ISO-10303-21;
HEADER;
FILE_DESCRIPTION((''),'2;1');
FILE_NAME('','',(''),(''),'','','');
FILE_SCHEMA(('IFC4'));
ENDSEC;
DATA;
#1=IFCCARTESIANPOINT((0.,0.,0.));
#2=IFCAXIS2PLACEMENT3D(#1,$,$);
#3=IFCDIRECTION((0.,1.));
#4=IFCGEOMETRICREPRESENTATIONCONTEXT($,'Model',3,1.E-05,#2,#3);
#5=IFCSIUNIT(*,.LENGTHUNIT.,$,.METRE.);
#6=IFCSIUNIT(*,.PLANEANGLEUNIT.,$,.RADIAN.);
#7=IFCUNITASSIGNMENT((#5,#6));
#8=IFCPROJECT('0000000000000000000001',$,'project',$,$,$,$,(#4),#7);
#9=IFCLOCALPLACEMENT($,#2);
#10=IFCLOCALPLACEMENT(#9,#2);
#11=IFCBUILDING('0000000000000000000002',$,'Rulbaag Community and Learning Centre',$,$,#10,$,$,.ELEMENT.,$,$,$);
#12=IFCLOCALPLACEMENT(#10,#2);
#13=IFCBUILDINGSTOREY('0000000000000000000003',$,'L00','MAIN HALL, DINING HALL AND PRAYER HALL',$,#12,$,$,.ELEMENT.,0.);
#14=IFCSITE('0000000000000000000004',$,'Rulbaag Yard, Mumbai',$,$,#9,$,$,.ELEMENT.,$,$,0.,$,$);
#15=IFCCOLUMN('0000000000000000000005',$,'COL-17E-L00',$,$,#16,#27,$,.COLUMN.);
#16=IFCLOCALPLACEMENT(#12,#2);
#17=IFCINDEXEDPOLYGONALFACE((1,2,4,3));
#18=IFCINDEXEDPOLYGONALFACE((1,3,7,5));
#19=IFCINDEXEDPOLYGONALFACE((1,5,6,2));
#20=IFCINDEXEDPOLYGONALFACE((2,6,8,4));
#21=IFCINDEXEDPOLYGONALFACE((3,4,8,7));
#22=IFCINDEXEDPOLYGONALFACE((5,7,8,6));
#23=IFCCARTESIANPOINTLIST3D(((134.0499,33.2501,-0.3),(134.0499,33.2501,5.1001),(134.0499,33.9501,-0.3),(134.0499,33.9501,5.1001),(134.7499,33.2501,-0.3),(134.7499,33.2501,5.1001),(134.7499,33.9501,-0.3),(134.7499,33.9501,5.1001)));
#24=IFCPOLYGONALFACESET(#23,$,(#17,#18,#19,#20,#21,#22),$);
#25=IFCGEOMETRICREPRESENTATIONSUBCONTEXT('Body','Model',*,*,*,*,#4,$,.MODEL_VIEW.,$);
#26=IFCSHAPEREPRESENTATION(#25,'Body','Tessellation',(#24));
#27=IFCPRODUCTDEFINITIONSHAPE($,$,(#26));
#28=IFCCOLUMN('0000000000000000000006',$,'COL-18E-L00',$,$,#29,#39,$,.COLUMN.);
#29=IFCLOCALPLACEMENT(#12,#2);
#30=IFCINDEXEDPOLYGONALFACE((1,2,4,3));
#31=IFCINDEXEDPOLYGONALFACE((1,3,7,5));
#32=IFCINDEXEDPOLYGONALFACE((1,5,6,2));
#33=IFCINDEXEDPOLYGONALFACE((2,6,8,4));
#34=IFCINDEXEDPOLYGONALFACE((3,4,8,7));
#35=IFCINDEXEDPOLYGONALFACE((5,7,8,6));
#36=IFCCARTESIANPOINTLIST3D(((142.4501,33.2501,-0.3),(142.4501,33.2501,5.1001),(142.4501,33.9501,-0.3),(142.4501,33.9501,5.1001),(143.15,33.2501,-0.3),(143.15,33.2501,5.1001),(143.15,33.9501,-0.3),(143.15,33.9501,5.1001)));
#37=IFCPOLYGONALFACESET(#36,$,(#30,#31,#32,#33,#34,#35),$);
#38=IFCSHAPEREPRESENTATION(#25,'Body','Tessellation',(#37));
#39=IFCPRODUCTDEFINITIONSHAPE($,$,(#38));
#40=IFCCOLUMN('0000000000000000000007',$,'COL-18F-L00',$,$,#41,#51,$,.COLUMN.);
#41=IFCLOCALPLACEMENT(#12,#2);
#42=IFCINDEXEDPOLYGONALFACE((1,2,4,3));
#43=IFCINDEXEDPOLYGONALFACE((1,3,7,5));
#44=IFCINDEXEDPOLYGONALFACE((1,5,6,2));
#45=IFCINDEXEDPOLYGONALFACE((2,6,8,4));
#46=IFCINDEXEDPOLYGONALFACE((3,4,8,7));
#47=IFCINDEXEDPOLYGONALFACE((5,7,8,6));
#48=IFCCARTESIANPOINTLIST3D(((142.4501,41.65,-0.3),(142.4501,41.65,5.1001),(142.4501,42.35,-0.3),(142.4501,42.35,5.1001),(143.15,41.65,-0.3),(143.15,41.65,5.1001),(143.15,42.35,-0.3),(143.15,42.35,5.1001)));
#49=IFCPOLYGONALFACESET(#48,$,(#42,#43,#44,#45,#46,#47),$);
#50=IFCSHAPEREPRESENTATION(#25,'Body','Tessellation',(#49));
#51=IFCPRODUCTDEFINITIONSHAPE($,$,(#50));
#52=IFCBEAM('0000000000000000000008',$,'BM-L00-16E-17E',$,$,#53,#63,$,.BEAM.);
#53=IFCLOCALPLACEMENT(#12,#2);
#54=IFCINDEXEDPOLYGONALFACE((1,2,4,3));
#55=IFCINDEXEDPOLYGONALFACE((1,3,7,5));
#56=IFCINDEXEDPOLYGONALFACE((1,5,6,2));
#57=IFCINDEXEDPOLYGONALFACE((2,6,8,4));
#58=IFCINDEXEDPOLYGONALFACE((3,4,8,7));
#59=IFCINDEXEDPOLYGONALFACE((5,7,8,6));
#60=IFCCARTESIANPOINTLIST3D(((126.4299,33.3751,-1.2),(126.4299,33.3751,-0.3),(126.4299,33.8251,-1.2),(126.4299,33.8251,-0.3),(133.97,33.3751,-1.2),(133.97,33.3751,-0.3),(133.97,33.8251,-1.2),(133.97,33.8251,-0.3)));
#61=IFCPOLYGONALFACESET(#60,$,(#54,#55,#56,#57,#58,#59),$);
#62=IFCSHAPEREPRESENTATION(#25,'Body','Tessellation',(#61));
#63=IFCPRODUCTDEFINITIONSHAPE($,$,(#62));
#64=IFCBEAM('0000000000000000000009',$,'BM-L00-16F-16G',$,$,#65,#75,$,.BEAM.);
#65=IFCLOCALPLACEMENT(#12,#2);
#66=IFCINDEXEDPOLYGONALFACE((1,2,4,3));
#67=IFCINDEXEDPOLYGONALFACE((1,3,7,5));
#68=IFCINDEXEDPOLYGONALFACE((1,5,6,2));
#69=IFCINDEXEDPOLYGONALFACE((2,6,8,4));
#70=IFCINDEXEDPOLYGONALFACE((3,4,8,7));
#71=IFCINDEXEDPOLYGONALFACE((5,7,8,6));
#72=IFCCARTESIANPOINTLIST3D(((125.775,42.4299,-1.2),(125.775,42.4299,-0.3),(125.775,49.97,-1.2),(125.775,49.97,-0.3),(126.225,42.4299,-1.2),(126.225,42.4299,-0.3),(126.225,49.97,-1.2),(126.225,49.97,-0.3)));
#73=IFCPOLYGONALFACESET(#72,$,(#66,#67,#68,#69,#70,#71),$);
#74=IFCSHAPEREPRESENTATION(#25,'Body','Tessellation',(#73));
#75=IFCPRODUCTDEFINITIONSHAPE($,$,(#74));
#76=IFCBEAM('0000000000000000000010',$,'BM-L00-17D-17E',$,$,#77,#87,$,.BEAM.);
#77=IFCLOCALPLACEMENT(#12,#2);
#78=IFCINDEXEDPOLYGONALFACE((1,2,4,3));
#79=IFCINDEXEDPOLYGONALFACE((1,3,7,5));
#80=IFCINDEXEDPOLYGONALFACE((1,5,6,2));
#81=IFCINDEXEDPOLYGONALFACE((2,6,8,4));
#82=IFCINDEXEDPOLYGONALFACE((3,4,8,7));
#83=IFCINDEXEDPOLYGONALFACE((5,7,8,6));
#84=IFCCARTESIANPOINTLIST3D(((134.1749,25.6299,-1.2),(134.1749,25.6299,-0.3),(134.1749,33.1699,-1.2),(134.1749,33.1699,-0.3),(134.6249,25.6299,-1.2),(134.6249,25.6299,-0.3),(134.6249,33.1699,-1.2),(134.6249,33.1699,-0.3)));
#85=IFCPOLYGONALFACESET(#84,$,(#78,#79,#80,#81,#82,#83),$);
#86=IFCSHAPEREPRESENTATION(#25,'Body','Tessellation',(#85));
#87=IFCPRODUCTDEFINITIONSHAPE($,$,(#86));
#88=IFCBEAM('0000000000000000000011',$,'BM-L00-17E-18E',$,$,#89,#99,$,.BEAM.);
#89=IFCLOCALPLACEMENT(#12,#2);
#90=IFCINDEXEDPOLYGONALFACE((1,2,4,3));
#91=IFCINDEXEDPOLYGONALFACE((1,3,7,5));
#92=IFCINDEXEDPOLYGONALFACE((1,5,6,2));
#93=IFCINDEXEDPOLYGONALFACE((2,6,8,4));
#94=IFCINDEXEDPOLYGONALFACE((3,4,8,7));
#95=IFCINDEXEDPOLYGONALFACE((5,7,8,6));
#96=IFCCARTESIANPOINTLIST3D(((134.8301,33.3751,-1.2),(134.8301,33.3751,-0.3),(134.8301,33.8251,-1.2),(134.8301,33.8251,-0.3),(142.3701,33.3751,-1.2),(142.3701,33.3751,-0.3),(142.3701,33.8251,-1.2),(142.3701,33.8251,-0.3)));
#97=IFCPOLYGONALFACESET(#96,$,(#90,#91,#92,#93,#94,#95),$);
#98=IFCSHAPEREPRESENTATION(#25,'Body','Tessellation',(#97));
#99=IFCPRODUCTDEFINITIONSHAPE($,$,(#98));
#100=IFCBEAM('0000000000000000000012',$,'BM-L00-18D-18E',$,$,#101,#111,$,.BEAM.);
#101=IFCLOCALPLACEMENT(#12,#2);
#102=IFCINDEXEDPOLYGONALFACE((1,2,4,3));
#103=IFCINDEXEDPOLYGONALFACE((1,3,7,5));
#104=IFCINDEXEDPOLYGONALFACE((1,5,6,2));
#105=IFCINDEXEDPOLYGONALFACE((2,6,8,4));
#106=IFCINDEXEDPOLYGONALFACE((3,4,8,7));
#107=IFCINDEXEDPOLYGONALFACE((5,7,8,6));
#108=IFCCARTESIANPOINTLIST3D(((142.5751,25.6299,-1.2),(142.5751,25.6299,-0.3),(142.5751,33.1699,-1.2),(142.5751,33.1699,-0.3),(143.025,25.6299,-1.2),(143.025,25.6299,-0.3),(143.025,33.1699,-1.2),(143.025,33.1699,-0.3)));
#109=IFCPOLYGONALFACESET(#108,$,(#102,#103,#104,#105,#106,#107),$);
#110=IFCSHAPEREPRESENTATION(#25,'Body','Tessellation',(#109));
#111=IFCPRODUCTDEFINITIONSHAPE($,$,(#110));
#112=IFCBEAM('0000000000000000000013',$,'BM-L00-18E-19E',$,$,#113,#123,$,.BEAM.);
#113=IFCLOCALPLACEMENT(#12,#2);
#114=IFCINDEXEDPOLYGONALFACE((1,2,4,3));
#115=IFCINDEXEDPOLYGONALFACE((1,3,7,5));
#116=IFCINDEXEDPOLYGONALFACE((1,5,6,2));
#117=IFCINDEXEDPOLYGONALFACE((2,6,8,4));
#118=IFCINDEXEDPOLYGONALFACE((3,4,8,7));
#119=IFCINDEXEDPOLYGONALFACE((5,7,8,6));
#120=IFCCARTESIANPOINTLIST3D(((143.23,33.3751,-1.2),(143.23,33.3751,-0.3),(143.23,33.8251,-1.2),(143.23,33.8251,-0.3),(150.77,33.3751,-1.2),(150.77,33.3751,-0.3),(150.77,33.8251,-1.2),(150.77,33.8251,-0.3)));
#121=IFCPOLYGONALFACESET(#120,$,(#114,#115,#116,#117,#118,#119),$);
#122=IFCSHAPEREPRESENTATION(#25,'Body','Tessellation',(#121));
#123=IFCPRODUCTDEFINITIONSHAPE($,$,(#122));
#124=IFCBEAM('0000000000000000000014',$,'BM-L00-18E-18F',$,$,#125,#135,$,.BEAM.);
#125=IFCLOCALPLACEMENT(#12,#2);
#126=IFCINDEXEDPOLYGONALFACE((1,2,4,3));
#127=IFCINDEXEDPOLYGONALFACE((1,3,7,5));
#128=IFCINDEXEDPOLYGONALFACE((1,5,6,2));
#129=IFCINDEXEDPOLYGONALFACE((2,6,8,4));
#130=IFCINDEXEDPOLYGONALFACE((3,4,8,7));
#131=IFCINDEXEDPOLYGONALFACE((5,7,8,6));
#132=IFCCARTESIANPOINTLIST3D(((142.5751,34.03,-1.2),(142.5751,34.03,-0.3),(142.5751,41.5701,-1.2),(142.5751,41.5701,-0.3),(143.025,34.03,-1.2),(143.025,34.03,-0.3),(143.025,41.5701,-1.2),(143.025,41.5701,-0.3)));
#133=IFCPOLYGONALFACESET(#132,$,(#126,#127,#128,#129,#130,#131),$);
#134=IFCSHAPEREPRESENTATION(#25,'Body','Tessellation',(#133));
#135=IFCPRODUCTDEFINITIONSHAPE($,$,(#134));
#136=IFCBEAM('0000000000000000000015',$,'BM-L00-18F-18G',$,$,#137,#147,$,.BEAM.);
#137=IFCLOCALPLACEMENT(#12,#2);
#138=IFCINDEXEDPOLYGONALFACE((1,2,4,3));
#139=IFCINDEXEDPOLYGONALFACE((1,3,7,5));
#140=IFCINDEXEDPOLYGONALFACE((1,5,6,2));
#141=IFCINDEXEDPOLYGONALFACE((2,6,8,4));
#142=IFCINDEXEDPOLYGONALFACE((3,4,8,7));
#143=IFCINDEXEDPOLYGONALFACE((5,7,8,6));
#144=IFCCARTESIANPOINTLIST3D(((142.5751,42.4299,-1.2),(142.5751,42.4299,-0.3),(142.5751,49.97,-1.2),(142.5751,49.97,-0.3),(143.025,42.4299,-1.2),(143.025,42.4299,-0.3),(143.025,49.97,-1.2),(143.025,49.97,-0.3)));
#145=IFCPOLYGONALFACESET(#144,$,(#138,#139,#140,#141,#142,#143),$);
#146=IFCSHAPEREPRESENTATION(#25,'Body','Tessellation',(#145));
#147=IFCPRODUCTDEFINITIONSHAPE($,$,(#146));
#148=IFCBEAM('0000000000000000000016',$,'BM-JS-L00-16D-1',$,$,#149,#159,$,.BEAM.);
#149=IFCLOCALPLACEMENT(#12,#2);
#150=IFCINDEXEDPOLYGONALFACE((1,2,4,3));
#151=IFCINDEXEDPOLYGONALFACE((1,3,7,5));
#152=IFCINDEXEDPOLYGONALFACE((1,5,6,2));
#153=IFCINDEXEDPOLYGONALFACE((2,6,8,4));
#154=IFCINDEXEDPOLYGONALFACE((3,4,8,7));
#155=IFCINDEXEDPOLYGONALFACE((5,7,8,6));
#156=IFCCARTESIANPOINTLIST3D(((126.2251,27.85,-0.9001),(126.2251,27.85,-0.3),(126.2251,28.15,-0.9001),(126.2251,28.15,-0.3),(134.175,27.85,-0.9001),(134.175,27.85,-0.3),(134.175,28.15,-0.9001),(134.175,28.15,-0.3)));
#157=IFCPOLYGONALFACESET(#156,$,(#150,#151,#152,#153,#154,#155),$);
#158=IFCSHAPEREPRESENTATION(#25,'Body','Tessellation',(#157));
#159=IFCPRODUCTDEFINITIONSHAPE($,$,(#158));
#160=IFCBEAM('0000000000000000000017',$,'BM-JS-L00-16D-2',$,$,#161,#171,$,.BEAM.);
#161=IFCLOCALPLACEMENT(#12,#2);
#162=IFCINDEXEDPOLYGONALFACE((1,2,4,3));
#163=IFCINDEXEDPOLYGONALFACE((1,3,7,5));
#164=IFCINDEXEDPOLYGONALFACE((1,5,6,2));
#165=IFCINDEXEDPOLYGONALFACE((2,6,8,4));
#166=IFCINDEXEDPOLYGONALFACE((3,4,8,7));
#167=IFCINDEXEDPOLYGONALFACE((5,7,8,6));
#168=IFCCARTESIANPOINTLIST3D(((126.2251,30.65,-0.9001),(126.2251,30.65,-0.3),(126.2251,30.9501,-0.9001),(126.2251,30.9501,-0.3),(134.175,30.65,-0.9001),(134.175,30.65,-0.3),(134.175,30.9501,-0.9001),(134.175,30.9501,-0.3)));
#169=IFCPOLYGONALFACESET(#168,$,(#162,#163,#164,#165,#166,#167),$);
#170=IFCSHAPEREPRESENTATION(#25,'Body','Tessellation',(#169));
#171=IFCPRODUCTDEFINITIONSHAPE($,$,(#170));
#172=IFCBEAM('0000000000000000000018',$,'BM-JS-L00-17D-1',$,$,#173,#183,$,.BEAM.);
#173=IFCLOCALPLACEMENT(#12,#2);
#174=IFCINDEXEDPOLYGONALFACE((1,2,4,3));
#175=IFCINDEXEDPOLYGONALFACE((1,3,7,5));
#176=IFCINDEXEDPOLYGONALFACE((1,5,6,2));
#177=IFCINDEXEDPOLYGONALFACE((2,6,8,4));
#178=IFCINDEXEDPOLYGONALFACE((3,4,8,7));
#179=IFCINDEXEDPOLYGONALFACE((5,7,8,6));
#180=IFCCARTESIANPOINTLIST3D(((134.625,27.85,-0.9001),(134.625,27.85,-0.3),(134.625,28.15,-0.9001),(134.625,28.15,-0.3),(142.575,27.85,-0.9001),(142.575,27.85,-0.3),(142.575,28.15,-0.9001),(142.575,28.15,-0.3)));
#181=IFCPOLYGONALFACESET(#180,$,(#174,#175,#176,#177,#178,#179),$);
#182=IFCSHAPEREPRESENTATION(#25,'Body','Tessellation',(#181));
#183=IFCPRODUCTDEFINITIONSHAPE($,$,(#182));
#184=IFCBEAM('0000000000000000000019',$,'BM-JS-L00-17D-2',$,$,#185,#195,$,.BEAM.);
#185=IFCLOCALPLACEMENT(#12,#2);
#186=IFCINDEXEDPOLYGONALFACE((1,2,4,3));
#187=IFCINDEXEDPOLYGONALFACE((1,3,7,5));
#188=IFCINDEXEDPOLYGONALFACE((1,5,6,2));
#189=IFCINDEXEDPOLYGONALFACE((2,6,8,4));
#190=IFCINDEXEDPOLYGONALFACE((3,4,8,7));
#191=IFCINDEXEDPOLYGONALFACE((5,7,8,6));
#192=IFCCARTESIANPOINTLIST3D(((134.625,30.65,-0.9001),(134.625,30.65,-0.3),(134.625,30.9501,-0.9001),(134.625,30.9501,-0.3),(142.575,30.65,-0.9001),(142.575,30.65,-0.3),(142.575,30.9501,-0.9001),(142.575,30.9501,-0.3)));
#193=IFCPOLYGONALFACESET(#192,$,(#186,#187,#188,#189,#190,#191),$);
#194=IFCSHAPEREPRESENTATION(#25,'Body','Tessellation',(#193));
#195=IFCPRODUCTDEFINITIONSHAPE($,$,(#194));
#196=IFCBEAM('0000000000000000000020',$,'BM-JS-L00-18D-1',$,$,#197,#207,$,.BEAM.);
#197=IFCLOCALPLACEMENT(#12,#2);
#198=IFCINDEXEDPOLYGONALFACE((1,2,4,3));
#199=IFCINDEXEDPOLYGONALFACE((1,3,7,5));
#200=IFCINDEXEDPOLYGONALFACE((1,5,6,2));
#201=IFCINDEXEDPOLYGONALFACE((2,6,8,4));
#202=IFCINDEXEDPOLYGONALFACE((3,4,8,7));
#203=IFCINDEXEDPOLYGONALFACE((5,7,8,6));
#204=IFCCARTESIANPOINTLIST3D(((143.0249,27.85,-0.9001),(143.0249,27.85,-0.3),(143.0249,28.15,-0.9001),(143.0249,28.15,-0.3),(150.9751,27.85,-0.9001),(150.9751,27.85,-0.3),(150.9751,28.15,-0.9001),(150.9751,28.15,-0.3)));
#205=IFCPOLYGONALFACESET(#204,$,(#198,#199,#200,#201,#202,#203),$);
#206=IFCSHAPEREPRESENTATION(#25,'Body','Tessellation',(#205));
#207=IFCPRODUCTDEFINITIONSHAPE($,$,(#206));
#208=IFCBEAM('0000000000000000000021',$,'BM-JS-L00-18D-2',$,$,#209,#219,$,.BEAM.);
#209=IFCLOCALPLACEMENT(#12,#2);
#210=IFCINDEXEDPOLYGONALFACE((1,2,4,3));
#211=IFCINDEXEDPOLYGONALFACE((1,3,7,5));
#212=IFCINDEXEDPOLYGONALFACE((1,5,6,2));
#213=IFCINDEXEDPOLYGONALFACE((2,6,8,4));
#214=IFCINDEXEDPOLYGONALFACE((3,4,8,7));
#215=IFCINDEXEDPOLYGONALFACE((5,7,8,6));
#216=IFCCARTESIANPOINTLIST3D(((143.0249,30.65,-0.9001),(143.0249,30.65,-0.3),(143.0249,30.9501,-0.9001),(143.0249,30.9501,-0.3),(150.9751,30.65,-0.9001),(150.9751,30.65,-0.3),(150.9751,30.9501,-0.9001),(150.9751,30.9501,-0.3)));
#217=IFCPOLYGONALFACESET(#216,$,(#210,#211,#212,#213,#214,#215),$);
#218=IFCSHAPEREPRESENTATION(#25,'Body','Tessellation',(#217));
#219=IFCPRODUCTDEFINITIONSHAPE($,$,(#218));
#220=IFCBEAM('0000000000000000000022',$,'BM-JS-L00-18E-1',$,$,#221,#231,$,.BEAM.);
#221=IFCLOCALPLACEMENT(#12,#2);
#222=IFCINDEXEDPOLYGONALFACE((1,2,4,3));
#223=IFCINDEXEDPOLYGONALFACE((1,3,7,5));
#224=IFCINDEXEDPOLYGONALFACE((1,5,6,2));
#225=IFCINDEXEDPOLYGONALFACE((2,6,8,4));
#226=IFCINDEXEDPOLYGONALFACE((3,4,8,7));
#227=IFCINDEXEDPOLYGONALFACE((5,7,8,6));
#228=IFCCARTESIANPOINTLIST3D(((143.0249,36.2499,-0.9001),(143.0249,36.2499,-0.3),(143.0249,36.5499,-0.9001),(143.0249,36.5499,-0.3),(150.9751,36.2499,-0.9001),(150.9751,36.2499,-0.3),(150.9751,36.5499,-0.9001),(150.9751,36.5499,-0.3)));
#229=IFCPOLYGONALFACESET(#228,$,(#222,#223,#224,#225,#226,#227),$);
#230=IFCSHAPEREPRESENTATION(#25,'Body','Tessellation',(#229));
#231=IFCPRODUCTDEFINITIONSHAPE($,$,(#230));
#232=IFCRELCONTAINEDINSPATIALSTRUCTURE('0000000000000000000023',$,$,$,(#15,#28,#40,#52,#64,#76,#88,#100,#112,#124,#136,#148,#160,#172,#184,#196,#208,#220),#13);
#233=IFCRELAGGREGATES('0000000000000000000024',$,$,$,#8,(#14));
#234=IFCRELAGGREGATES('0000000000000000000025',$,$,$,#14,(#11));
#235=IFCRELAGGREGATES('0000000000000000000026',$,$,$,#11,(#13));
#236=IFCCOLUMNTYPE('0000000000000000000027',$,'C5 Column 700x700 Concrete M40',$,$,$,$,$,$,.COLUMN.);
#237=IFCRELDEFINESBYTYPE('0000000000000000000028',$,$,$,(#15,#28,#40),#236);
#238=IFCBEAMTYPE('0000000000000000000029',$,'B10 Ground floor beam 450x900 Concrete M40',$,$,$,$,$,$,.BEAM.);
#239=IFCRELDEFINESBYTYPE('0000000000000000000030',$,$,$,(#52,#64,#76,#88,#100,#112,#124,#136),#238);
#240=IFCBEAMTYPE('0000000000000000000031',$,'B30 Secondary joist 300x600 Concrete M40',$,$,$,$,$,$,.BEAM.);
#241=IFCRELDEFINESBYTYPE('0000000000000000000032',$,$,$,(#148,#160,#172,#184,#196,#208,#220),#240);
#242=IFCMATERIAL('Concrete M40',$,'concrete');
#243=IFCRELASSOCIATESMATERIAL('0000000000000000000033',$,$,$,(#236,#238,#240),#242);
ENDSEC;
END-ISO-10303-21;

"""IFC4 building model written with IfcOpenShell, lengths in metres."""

from ifc_helpers import new_model, si_unit, direction, frame, origin, origin_2d, place, context, subcontext, project, spatial, rectangle, extrude, material, material_profile, profile_set, type_object, element, save


model = new_model("IFC4")

# Units and contexts
model_context = context("Model", 3, precision=1e-05, world=origin(), true_north=direction((0.0, 1.0)))
body_context = subcontext(model_context, "Body", "Model", "MODEL_VIEW")
ifc_project = project(units=[si_unit("LENGTHUNIT", "METRE"), si_unit("PLANEANGLEUNIT", "RADIAN")], contexts=[model_context])

# Site, building, storey
site_placement = place(None, origin())
site = spatial("IfcSite", under=ifc_project, at=site_placement, Name="Rulbaag Yard, Mumbai", CompositionType="ELEMENT", RefElevation=0.0)
building_placement = place(site_placement, origin())
building = spatial("IfcBuilding", under=site, at=building_placement, Name="Rulbaag Community and Learning Centre", CompositionType="ELEMENT")
storey_placement = place(building_placement, origin())
storey = spatial("IfcBuildingStorey", under=building, at=storey_placement, Name="L00", Description="MAIN HALL, DINING HALL AND PRAYER HALL", CompositionType="ELEMENT", Elevation=0.0)

# Columns
ifc_material_1 = material(Name="Concrete M40", Category="concrete")
ifc_material_profile_1 = material_profile(ifc_material_1, rectangle(XDim=0.7, YDim=0.7, at=origin_2d()), Name="RC700x700")
ifc_profile_set_1 = profile_set([ifc_material_profile_1], Name="Concrete M40")
column_type = type_object("IfcColumnType", Name="C5 Column 700x700 Concrete M40", PredefinedType="COLUMN", material=ifc_profile_set_1)
for number, where, z_axis, x_axis, name in (
    (1, (134.3999, 33.6001, -0.3), (0.0, 0.0, 1.0), (1.0, 0.0, 0.0), "COL-17E-L00"),
    (2, (142.8, 33.6001, -0.3), (0.0, 0.0, 1.0), (1.0, 0.0, 0.0), "COL-18E-L00"),
    (3, (142.8, 42.0, -0.3), (0.0, 0.0, 1.0), (1.0, 0.0, 0.0), "COL-18F-L00"),
):
    element("IfcColumn", number, at=place(storey_placement, frame(where, z_axis=z_axis, x_axis=x_axis)), inside=storey, type_object=column_type, Name=name, PredefinedType="COLUMN", context=body_context, shape_type="SweptSolid", body=[
        extrude(rectangle(XDim=0.7, YDim=0.7, at=origin_2d()), origin(), (0.0, 0.0, 1.0), 5.4001),
    ])

# Beams
ifc_material_profile_2 = material_profile(ifc_material_1, rectangle(XDim=0.45, YDim=0.8999, at=origin_2d()), Name="RB450x900")
ifc_profile_set_2 = profile_set([ifc_material_profile_2], Name="Concrete M40")
beam_type_1 = type_object("IfcBeamType", Name="B10 Ground floor beam 450x900 Concrete M40", PredefinedType="BEAM", material=ifc_profile_set_2)
for number, where, z_axis, x_axis, name in (
    (4, (126.4299, 33.6001, -0.75), (1.0, 0.0, 0.0), (0.0, 1.0, 0.0), "BM-L00-16E-17E"),
    (5, (126.0, 42.4299, -0.75), (0.0, 1.0, 0.0), (-1.0, 0.0, 0.0), "BM-L00-16F-16G"),
    (6, (134.3999, 25.6299, -0.75), (0.0, 1.0, 0.0), (-1.0, 0.0, 0.0), "BM-L00-17D-17E"),
    (7, (134.8301, 33.6001, -0.75), (1.0, 0.0, 0.0), (0.0, 1.0, 0.0), "BM-L00-17E-18E"),
    (8, (142.8, 25.6299, -0.75), (0.0, 1.0, 0.0), (-1.0, 0.0, 0.0), "BM-L00-18D-18E"),
    (9, (143.23, 33.6001, -0.75), (1.0, 0.0, 0.0), (0.0, 1.0, 0.0), "BM-L00-18E-19E"),
    (10, (142.8, 34.03, -0.75), (0.0, 1.0, 0.0), (-1.0, 0.0, 0.0), "BM-L00-18E-18F"),
    (11, (142.8, 42.4299, -0.75), (0.0, 1.0, 0.0), (-1.0, 0.0, 0.0), "BM-L00-18F-18G"),
):
    element("IfcBeam", number, at=place(storey_placement, frame(where, z_axis=z_axis, x_axis=x_axis)), inside=storey, type_object=beam_type_1, Name=name, PredefinedType="BEAM", context=body_context, shape_type="SweptSolid", body=[
        extrude(rectangle(XDim=0.45, YDim=0.8999, at=origin_2d()), origin(), (0.0, 0.0, 1.0), 7.54),
    ])
ifc_material_profile_3 = material_profile(ifc_material_1, rectangle(XDim=0.3, YDim=0.6001, at=origin_2d()), Name="RB300x600")
ifc_profile_set_3 = profile_set([ifc_material_profile_3], Name="Concrete M40")
beam_type_2 = type_object("IfcBeamType", Name="B30 Secondary joist 300x600 Concrete M40", PredefinedType="BEAM", material=ifc_profile_set_3)
for number, where, z_axis, x_axis, name in (
    (12, (126.2251, 28.0, -0.6001), (1.0, 0.0, 0.0), (0.0, 1.0, 0.0), "BM-JS-L00-16D-1"),
    (13, (126.2251, 30.8, -0.6001), (1.0, 0.0, 0.0), (0.0, 1.0, 0.0), "BM-JS-L00-16D-2"),
    (14, (134.625, 28.0, -0.6001), (1.0, 0.0, 0.0), (0.0, 1.0, 0.0), "BM-JS-L00-17D-1"),
    (15, (134.625, 30.8, -0.6001), (1.0, 0.0, 0.0), (0.0, 1.0, 0.0), "BM-JS-L00-17D-2"),
):
    element("IfcBeam", number, at=place(storey_placement, frame(where, z_axis=z_axis, x_axis=x_axis)), inside=storey, type_object=beam_type_2, Name=name, PredefinedType="BEAM", context=body_context, shape_type="SweptSolid", body=[
        extrude(rectangle(XDim=0.3, YDim=0.6001, at=origin_2d()), origin(), (0.0, 0.0, 1.0), 7.95),
    ])
for number, where, z_axis, x_axis, name in (
    (16, (143.0249, 28.0, -0.6001), (1.0, 0.0, 0.0), (0.0, 1.0, 0.0), "BM-JS-L00-18D-1"),
    (17, (143.0249, 30.8, -0.6001), (1.0, 0.0, 0.0), (0.0, 1.0, 0.0), "BM-JS-L00-18D-2"),
    (18, (143.0249, 36.3999, -0.6001), (1.0, 0.0, 0.0), (0.0, 1.0, 0.0), "BM-JS-L00-18E-1"),
):
    element("IfcBeam", number, at=place(storey_placement, frame(where, z_axis=z_axis, x_axis=x_axis)), inside=storey, type_object=beam_type_2, Name=name, PredefinedType="BEAM", context=body_context, shape_type="SweptSolid", body=[
        extrude(rectangle(XDim=0.3, YDim=0.6001, at=origin_2d()), origin(), (0.0, 0.0, 1.0), 7.9502),
    ])

save(model, "model.ifc")
